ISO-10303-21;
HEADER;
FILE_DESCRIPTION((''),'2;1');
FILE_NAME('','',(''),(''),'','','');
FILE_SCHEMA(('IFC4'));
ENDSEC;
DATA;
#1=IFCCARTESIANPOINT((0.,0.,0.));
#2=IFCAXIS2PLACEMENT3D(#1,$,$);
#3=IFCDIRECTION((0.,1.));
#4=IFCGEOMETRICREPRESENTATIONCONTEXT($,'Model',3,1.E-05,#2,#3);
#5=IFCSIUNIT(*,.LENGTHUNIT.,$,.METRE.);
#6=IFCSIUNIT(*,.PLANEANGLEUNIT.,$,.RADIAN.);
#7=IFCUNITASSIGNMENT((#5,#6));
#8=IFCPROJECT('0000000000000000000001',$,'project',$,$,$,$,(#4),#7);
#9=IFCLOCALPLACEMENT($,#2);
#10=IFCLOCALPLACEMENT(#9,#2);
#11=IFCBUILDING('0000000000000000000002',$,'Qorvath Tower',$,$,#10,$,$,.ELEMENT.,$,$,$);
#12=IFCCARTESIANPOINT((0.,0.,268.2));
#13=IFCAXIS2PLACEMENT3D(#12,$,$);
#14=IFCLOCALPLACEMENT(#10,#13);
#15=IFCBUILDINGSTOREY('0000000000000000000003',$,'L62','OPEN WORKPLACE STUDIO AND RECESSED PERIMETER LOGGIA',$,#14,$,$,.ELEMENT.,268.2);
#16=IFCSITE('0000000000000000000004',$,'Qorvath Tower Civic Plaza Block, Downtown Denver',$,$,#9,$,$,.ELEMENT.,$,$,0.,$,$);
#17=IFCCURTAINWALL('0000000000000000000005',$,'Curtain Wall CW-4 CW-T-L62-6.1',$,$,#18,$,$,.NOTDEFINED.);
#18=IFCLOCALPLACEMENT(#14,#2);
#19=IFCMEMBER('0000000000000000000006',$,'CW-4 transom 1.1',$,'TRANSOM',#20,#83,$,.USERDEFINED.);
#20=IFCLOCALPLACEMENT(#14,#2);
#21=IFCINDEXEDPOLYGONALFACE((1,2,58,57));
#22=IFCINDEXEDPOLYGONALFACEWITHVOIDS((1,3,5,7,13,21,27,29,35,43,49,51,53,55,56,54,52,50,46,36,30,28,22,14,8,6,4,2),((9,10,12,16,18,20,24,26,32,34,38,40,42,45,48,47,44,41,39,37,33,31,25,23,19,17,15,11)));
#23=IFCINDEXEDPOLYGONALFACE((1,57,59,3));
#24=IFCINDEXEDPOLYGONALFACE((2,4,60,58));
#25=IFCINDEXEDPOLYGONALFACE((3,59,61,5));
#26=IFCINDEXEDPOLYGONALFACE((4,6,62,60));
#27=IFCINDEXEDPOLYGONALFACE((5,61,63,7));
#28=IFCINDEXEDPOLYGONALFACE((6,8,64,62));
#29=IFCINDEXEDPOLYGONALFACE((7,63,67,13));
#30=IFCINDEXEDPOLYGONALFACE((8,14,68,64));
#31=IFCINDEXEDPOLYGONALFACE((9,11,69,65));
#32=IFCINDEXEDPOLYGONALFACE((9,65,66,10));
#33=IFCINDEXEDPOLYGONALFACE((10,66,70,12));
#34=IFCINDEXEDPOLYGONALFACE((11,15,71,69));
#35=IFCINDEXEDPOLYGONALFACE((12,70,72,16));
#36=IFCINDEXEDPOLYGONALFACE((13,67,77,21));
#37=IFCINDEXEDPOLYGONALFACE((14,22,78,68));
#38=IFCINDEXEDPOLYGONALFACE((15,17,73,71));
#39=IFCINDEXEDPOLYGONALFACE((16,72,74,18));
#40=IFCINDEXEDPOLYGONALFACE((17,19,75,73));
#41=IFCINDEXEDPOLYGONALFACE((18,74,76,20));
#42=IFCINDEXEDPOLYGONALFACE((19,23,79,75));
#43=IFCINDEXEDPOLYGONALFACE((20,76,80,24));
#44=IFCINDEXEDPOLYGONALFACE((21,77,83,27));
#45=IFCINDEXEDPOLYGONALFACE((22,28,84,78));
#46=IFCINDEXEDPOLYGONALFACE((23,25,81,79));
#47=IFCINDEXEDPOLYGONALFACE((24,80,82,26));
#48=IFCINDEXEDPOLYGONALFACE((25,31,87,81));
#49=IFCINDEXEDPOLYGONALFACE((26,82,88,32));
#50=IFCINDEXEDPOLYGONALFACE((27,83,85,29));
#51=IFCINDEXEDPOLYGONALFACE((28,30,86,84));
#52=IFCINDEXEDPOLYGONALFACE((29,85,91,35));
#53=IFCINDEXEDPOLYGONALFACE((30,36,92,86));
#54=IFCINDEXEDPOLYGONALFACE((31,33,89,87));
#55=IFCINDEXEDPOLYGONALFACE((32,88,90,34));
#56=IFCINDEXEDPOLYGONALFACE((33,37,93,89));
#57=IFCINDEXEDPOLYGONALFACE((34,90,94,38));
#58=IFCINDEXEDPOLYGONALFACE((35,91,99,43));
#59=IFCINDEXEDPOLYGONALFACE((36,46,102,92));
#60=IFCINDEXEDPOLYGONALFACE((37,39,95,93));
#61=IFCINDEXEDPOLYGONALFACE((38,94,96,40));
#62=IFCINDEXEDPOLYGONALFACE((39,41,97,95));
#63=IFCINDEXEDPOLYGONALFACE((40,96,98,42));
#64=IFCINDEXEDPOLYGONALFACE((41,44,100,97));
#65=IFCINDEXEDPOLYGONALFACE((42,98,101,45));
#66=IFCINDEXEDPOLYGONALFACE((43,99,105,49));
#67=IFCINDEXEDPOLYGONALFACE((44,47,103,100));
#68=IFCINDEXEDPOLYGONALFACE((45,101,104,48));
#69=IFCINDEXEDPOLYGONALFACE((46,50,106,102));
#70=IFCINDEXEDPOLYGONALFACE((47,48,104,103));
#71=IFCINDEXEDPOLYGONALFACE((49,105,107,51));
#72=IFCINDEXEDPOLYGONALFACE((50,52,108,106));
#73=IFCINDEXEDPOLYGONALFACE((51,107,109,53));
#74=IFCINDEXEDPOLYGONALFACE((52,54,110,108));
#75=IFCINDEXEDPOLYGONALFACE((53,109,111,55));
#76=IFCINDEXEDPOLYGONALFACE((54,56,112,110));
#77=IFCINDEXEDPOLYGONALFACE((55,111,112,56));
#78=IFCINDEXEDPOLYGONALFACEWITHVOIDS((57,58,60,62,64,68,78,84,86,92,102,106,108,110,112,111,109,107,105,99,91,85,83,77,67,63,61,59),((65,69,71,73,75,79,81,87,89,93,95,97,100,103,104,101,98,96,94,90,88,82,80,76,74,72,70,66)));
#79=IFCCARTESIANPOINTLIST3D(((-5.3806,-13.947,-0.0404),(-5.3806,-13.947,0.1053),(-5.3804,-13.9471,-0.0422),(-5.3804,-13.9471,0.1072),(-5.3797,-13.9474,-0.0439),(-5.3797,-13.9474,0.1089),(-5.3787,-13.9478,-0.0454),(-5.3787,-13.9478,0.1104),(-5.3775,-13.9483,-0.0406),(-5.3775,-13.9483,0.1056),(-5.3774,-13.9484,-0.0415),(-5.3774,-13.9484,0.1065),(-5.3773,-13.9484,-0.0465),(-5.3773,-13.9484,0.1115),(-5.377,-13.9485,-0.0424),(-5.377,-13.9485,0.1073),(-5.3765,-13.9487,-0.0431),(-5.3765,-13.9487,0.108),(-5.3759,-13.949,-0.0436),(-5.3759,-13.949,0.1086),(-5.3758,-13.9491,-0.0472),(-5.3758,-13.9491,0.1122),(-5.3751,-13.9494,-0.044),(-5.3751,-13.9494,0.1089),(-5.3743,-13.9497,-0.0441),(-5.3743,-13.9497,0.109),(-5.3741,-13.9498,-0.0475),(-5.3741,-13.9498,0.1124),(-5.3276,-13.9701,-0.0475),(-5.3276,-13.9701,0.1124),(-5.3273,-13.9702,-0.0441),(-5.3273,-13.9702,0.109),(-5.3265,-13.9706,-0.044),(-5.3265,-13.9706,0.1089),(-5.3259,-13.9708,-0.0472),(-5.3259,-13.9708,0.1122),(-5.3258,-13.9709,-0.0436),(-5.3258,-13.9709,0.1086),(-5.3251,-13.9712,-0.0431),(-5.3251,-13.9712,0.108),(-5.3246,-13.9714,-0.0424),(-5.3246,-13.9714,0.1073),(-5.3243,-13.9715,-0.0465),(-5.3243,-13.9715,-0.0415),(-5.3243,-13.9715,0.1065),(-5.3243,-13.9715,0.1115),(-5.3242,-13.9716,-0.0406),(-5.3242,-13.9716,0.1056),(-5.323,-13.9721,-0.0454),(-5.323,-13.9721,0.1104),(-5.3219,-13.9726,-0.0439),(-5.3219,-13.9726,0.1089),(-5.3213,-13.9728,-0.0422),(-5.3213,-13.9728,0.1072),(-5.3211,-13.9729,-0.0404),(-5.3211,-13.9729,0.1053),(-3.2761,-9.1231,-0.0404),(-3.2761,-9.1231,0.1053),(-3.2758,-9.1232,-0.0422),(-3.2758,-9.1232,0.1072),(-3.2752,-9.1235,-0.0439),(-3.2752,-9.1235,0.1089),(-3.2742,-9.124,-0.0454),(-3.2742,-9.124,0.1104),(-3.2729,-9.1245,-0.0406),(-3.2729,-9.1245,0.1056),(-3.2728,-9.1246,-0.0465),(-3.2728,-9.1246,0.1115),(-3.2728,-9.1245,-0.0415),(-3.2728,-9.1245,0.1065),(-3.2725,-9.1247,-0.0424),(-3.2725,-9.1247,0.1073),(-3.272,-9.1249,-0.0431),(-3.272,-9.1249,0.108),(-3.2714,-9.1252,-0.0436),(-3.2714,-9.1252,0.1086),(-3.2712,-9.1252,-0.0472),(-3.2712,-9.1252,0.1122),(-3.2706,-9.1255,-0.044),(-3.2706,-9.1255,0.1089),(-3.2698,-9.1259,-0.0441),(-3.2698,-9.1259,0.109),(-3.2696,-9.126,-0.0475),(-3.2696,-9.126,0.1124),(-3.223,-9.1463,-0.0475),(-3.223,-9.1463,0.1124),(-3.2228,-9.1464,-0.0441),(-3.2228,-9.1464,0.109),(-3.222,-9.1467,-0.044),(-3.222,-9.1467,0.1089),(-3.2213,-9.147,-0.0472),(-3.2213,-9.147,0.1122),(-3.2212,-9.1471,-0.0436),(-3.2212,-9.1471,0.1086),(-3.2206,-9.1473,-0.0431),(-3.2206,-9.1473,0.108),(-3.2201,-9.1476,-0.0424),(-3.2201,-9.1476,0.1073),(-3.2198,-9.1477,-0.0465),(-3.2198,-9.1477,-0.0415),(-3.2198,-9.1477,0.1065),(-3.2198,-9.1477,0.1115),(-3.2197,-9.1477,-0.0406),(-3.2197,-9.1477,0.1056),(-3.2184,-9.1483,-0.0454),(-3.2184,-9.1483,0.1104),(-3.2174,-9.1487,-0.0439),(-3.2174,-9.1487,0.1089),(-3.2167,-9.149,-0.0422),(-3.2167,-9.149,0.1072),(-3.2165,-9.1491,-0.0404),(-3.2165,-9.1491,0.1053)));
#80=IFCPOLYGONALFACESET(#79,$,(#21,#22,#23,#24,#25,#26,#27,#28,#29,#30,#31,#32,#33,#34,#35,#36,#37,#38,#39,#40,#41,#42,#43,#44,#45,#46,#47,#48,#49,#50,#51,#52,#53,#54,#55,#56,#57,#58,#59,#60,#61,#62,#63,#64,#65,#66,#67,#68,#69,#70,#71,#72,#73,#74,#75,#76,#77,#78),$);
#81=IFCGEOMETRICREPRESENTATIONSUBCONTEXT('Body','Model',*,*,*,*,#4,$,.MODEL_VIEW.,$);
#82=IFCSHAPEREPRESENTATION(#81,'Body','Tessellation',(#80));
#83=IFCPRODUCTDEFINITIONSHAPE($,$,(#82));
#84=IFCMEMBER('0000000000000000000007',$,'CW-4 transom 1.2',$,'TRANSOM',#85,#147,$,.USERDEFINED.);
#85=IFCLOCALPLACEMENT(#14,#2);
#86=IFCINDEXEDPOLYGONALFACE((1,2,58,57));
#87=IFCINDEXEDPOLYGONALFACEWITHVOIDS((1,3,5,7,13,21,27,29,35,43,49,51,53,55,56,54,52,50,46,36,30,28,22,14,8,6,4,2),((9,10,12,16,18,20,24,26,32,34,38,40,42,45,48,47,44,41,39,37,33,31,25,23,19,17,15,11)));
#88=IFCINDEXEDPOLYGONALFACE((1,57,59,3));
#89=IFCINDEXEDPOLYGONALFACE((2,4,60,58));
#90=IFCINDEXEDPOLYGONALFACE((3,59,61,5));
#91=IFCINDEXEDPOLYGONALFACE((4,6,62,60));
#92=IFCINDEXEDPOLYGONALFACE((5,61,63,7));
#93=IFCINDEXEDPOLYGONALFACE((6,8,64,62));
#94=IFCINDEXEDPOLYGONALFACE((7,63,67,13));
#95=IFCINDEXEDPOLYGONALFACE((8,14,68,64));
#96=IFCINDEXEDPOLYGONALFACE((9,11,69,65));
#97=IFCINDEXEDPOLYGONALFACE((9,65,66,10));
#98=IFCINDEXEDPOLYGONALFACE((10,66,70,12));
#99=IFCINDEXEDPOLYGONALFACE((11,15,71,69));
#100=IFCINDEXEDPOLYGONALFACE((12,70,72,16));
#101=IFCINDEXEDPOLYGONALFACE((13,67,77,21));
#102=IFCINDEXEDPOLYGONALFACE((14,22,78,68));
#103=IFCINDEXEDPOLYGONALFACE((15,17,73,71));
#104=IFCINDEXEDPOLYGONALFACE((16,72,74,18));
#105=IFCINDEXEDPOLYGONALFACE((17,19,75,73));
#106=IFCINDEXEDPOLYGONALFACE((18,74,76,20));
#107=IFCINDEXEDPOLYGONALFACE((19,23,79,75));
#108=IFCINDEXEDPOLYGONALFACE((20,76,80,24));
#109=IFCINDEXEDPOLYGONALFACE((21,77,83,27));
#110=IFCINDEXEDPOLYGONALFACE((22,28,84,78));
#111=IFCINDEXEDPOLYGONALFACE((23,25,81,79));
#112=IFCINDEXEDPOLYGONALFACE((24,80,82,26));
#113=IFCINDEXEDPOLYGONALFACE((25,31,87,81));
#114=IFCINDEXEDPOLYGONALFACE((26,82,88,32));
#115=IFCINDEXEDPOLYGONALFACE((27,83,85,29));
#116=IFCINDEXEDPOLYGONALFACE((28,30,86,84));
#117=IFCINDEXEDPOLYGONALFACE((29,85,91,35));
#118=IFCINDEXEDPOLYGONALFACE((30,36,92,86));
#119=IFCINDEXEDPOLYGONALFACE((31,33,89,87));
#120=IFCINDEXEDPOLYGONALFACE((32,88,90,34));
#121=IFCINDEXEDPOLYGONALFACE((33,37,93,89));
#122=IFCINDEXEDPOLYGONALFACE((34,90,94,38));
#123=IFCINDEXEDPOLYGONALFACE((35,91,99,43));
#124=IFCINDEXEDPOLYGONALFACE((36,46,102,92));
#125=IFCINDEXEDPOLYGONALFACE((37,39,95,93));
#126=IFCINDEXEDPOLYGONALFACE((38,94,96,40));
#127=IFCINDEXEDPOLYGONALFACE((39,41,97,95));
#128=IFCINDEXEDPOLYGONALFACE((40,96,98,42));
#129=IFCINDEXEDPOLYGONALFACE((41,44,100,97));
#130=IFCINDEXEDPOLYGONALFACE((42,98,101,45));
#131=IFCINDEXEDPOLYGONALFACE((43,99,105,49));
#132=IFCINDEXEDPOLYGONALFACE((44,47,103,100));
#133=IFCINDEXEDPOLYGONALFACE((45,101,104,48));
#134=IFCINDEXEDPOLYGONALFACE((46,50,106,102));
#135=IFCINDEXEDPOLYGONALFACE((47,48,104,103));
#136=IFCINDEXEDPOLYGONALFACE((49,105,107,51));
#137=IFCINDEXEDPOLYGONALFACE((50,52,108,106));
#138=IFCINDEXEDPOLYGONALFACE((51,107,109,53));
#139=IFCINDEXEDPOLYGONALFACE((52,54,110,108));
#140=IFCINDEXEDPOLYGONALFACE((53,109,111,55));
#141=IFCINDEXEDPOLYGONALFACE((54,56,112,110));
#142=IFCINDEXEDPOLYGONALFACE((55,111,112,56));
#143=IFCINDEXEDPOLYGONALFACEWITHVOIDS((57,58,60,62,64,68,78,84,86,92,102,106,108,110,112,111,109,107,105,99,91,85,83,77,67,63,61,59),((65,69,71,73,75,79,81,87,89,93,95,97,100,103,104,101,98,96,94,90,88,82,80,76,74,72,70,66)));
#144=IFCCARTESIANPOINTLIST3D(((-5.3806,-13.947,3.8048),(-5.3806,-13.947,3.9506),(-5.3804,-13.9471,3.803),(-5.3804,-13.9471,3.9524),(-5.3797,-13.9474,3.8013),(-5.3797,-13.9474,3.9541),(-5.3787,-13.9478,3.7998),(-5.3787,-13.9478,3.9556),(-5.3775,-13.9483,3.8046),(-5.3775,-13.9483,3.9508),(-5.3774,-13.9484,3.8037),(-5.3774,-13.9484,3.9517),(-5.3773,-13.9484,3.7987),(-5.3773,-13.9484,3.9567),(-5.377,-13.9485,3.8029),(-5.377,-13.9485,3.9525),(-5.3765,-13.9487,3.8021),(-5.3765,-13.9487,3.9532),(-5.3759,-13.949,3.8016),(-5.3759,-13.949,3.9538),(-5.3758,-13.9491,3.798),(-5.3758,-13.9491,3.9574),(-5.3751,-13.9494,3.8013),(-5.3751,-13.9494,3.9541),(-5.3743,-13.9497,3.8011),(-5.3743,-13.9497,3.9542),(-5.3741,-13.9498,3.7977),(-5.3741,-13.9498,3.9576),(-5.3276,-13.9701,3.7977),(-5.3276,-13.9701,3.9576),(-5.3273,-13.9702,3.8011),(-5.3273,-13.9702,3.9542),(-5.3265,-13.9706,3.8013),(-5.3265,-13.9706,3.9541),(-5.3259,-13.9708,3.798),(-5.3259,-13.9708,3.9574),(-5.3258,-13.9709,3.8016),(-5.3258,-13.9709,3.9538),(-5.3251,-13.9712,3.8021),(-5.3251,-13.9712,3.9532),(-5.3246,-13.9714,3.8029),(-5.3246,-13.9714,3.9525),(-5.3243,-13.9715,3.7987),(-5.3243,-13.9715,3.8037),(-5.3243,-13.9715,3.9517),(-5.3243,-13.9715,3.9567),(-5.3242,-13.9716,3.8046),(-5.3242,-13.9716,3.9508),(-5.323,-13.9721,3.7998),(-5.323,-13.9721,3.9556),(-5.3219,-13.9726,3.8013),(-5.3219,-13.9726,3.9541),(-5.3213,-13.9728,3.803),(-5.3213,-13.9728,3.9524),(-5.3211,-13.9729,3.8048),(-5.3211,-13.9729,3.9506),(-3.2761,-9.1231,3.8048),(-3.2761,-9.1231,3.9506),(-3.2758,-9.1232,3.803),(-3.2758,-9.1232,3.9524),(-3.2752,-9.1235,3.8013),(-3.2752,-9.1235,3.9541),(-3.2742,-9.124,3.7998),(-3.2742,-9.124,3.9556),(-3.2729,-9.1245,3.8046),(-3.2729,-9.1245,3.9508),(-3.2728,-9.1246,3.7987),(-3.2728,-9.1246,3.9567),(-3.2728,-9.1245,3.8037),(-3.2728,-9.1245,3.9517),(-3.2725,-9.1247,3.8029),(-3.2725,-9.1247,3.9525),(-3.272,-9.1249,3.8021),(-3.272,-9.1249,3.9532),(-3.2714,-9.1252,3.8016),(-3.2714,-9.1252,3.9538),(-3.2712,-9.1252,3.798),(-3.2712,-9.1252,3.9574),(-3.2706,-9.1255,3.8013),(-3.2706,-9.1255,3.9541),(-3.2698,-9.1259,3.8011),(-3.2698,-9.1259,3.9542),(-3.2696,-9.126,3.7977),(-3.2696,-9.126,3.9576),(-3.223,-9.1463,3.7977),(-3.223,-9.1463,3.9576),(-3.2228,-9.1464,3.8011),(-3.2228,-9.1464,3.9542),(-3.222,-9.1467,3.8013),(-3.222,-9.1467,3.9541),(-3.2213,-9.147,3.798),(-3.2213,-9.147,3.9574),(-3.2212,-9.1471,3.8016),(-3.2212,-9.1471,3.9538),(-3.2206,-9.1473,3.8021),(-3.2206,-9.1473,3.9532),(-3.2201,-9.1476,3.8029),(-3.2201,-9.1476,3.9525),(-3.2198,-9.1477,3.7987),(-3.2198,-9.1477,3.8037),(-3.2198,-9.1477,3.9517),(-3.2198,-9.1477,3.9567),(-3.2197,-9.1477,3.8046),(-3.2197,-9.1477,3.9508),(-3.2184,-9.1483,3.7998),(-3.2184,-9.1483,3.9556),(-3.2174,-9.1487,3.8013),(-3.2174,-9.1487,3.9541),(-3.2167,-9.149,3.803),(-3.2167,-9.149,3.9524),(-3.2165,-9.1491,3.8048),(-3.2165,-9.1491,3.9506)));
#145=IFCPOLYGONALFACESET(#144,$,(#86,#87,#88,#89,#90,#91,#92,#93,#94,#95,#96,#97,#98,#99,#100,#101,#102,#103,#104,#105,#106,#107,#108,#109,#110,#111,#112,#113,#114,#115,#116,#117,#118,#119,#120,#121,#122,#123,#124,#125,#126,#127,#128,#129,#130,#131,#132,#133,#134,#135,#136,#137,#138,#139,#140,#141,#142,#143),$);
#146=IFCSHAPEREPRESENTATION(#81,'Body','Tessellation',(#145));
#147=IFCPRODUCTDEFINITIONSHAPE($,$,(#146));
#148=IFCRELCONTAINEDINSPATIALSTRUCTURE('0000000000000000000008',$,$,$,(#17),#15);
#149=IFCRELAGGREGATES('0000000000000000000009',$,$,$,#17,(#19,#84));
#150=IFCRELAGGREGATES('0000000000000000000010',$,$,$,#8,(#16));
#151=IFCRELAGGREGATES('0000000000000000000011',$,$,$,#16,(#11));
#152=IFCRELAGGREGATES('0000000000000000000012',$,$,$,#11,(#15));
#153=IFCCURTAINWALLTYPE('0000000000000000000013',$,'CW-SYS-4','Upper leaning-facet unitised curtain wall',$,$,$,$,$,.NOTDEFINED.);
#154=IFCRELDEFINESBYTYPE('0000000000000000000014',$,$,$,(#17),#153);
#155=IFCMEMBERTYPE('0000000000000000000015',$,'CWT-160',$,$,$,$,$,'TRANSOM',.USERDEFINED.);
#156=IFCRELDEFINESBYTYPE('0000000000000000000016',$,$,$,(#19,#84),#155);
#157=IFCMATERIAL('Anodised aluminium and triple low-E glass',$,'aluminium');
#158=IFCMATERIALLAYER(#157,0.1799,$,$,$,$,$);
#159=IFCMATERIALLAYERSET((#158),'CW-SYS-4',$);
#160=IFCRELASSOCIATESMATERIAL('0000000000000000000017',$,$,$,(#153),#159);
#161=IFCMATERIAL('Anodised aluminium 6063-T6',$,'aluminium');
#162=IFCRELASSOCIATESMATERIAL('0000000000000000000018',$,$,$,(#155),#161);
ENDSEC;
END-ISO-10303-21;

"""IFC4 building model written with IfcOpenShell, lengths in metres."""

from ifc_helpers import new_model, si_unit, direction, frame, origin, origin_2d, place, context, subcontext, project, spatial, hollow_rectangle, extrude, material, layer, layer_set, material_profile, profile_set, type_object, element, aggregate, save


model = new_model("IFC4")

# Units and contexts
model_context = context("Model", 3, precision=1e-05, world=origin(), true_north=direction((0.0, 1.0)))
body_context = subcontext(model_context, "Body", "Model", "MODEL_VIEW")
ifc_project = project(units=[si_unit("LENGTHUNIT", "METRE"), si_unit("PLANEANGLEUNIT", "RADIAN")], contexts=[model_context])

# Site, building, storey
site_placement = place(None, origin())
site = spatial("IfcSite", under=ifc_project, at=site_placement, Name="Qorvath Tower Civic Plaza Block, Downtown Denver", CompositionType="ELEMENT", RefElevation=0.0)
building_placement = place(site_placement, origin())
building = spatial("IfcBuilding", under=site, at=building_placement, Name="Qorvath Tower", CompositionType="ELEMENT")
storey_placement = place(building_placement, frame((0.0, 0.0, 268.2)))
storey = spatial("IfcBuildingStorey", under=building, at=storey_placement, Name="L62", Description="OPEN WORKPLACE STUDIO AND RECESSED PERIMETER LOGGIA", CompositionType="ELEMENT", Elevation=268.2)

# Shared definitions
ifc_material_1 = material(Name="Anodised aluminium and triple low-E glass", Category="aluminium")
ifc_layer_1 = layer(ifc_material_1, 0.1799)
ifc_layer_set_1 = layer_set([ifc_layer_1], Name="CW-SYS-4")
curtain_wall_type = type_object("IfcCurtainWallType", Name="CW-SYS-4", Description="Upper leaning-facet unitised curtain wall", PredefinedType="NOTDEFINED", material=ifc_layer_set_1)

# Curtain wall
curtain_wall_1_placement = place(storey_placement, origin())
curtain_wall_1 = element("IfcCurtainWall", 1, at=curtain_wall_1_placement, inside=storey, type_object=curtain_wall_type, Name="Curtain Wall CW-4 CW-T-L62-6.1", PredefinedType="NOTDEFINED")

# Members
ifc_material_2 = material(Name="Anodised aluminium 6063-T6", Category="aluminium")
ifc_material_profile_1 = material_profile(ifc_material_2, hollow_rectangle(XDim=0.0649, YDim=0.1599, WallThickness=0.0034, InnerFilletRadius=0.0034, OuterFilletRadius=0.0071, at=origin_2d()), Name="CWT 160x65")
ifc_profile_set_1 = profile_set([ifc_material_profile_1], Name="Anodised aluminium 6063-T6")
member_type_1 = type_object("IfcMemberType", Name="CWT-160", ElementType="TRANSOM", PredefinedType="USERDEFINED", material=ifc_profile_set_1)
member_1_placement = place(storey_placement, frame((-5.3508, -13.96, 0.0325), z_axis=(0.399879, 0.916568, 0.0), x_axis=(-0.916568, 0.399879, 0.0)))
member_1 = element("IfcMember", 2, at=member_1_placement, type_object=member_type_1, Name="CW-4 transom 1.1", ObjectType="TRANSOM", PredefinedType="USERDEFINED", context=body_context, shape_type="SweptSolid", body=[
    extrude(hollow_rectangle(XDim=0.0649, YDim=0.1599, WallThickness=0.0034, InnerFilletRadius=0.0034, OuterFilletRadius=0.0071, at=origin_2d()), origin(), (0.0, 0.0, 1.0), 5.2629),
])
member_2_placement = place(storey_placement, frame((-5.3508, -13.96, 3.8777), z_axis=(0.399879, 0.916568, 0.0), x_axis=(-0.916568, 0.399879, 0.0)))
member_2 = element("IfcMember", 3, at=member_2_placement, type_object=member_type_1, Name="CW-4 transom 1.2", ObjectType="TRANSOM", PredefinedType="USERDEFINED", context=body_context, shape_type="SweptSolid", body=[
    extrude(hollow_rectangle(XDim=0.0649, YDim=0.1599, WallThickness=0.0034, InnerFilletRadius=0.0034, OuterFilletRadius=0.0071, at=origin_2d()), origin(), (0.0, 0.0, 1.0), 5.2629),
])

aggregate(curtain_wall_1, [member_1, member_2])

save(model, "model.ifc")
